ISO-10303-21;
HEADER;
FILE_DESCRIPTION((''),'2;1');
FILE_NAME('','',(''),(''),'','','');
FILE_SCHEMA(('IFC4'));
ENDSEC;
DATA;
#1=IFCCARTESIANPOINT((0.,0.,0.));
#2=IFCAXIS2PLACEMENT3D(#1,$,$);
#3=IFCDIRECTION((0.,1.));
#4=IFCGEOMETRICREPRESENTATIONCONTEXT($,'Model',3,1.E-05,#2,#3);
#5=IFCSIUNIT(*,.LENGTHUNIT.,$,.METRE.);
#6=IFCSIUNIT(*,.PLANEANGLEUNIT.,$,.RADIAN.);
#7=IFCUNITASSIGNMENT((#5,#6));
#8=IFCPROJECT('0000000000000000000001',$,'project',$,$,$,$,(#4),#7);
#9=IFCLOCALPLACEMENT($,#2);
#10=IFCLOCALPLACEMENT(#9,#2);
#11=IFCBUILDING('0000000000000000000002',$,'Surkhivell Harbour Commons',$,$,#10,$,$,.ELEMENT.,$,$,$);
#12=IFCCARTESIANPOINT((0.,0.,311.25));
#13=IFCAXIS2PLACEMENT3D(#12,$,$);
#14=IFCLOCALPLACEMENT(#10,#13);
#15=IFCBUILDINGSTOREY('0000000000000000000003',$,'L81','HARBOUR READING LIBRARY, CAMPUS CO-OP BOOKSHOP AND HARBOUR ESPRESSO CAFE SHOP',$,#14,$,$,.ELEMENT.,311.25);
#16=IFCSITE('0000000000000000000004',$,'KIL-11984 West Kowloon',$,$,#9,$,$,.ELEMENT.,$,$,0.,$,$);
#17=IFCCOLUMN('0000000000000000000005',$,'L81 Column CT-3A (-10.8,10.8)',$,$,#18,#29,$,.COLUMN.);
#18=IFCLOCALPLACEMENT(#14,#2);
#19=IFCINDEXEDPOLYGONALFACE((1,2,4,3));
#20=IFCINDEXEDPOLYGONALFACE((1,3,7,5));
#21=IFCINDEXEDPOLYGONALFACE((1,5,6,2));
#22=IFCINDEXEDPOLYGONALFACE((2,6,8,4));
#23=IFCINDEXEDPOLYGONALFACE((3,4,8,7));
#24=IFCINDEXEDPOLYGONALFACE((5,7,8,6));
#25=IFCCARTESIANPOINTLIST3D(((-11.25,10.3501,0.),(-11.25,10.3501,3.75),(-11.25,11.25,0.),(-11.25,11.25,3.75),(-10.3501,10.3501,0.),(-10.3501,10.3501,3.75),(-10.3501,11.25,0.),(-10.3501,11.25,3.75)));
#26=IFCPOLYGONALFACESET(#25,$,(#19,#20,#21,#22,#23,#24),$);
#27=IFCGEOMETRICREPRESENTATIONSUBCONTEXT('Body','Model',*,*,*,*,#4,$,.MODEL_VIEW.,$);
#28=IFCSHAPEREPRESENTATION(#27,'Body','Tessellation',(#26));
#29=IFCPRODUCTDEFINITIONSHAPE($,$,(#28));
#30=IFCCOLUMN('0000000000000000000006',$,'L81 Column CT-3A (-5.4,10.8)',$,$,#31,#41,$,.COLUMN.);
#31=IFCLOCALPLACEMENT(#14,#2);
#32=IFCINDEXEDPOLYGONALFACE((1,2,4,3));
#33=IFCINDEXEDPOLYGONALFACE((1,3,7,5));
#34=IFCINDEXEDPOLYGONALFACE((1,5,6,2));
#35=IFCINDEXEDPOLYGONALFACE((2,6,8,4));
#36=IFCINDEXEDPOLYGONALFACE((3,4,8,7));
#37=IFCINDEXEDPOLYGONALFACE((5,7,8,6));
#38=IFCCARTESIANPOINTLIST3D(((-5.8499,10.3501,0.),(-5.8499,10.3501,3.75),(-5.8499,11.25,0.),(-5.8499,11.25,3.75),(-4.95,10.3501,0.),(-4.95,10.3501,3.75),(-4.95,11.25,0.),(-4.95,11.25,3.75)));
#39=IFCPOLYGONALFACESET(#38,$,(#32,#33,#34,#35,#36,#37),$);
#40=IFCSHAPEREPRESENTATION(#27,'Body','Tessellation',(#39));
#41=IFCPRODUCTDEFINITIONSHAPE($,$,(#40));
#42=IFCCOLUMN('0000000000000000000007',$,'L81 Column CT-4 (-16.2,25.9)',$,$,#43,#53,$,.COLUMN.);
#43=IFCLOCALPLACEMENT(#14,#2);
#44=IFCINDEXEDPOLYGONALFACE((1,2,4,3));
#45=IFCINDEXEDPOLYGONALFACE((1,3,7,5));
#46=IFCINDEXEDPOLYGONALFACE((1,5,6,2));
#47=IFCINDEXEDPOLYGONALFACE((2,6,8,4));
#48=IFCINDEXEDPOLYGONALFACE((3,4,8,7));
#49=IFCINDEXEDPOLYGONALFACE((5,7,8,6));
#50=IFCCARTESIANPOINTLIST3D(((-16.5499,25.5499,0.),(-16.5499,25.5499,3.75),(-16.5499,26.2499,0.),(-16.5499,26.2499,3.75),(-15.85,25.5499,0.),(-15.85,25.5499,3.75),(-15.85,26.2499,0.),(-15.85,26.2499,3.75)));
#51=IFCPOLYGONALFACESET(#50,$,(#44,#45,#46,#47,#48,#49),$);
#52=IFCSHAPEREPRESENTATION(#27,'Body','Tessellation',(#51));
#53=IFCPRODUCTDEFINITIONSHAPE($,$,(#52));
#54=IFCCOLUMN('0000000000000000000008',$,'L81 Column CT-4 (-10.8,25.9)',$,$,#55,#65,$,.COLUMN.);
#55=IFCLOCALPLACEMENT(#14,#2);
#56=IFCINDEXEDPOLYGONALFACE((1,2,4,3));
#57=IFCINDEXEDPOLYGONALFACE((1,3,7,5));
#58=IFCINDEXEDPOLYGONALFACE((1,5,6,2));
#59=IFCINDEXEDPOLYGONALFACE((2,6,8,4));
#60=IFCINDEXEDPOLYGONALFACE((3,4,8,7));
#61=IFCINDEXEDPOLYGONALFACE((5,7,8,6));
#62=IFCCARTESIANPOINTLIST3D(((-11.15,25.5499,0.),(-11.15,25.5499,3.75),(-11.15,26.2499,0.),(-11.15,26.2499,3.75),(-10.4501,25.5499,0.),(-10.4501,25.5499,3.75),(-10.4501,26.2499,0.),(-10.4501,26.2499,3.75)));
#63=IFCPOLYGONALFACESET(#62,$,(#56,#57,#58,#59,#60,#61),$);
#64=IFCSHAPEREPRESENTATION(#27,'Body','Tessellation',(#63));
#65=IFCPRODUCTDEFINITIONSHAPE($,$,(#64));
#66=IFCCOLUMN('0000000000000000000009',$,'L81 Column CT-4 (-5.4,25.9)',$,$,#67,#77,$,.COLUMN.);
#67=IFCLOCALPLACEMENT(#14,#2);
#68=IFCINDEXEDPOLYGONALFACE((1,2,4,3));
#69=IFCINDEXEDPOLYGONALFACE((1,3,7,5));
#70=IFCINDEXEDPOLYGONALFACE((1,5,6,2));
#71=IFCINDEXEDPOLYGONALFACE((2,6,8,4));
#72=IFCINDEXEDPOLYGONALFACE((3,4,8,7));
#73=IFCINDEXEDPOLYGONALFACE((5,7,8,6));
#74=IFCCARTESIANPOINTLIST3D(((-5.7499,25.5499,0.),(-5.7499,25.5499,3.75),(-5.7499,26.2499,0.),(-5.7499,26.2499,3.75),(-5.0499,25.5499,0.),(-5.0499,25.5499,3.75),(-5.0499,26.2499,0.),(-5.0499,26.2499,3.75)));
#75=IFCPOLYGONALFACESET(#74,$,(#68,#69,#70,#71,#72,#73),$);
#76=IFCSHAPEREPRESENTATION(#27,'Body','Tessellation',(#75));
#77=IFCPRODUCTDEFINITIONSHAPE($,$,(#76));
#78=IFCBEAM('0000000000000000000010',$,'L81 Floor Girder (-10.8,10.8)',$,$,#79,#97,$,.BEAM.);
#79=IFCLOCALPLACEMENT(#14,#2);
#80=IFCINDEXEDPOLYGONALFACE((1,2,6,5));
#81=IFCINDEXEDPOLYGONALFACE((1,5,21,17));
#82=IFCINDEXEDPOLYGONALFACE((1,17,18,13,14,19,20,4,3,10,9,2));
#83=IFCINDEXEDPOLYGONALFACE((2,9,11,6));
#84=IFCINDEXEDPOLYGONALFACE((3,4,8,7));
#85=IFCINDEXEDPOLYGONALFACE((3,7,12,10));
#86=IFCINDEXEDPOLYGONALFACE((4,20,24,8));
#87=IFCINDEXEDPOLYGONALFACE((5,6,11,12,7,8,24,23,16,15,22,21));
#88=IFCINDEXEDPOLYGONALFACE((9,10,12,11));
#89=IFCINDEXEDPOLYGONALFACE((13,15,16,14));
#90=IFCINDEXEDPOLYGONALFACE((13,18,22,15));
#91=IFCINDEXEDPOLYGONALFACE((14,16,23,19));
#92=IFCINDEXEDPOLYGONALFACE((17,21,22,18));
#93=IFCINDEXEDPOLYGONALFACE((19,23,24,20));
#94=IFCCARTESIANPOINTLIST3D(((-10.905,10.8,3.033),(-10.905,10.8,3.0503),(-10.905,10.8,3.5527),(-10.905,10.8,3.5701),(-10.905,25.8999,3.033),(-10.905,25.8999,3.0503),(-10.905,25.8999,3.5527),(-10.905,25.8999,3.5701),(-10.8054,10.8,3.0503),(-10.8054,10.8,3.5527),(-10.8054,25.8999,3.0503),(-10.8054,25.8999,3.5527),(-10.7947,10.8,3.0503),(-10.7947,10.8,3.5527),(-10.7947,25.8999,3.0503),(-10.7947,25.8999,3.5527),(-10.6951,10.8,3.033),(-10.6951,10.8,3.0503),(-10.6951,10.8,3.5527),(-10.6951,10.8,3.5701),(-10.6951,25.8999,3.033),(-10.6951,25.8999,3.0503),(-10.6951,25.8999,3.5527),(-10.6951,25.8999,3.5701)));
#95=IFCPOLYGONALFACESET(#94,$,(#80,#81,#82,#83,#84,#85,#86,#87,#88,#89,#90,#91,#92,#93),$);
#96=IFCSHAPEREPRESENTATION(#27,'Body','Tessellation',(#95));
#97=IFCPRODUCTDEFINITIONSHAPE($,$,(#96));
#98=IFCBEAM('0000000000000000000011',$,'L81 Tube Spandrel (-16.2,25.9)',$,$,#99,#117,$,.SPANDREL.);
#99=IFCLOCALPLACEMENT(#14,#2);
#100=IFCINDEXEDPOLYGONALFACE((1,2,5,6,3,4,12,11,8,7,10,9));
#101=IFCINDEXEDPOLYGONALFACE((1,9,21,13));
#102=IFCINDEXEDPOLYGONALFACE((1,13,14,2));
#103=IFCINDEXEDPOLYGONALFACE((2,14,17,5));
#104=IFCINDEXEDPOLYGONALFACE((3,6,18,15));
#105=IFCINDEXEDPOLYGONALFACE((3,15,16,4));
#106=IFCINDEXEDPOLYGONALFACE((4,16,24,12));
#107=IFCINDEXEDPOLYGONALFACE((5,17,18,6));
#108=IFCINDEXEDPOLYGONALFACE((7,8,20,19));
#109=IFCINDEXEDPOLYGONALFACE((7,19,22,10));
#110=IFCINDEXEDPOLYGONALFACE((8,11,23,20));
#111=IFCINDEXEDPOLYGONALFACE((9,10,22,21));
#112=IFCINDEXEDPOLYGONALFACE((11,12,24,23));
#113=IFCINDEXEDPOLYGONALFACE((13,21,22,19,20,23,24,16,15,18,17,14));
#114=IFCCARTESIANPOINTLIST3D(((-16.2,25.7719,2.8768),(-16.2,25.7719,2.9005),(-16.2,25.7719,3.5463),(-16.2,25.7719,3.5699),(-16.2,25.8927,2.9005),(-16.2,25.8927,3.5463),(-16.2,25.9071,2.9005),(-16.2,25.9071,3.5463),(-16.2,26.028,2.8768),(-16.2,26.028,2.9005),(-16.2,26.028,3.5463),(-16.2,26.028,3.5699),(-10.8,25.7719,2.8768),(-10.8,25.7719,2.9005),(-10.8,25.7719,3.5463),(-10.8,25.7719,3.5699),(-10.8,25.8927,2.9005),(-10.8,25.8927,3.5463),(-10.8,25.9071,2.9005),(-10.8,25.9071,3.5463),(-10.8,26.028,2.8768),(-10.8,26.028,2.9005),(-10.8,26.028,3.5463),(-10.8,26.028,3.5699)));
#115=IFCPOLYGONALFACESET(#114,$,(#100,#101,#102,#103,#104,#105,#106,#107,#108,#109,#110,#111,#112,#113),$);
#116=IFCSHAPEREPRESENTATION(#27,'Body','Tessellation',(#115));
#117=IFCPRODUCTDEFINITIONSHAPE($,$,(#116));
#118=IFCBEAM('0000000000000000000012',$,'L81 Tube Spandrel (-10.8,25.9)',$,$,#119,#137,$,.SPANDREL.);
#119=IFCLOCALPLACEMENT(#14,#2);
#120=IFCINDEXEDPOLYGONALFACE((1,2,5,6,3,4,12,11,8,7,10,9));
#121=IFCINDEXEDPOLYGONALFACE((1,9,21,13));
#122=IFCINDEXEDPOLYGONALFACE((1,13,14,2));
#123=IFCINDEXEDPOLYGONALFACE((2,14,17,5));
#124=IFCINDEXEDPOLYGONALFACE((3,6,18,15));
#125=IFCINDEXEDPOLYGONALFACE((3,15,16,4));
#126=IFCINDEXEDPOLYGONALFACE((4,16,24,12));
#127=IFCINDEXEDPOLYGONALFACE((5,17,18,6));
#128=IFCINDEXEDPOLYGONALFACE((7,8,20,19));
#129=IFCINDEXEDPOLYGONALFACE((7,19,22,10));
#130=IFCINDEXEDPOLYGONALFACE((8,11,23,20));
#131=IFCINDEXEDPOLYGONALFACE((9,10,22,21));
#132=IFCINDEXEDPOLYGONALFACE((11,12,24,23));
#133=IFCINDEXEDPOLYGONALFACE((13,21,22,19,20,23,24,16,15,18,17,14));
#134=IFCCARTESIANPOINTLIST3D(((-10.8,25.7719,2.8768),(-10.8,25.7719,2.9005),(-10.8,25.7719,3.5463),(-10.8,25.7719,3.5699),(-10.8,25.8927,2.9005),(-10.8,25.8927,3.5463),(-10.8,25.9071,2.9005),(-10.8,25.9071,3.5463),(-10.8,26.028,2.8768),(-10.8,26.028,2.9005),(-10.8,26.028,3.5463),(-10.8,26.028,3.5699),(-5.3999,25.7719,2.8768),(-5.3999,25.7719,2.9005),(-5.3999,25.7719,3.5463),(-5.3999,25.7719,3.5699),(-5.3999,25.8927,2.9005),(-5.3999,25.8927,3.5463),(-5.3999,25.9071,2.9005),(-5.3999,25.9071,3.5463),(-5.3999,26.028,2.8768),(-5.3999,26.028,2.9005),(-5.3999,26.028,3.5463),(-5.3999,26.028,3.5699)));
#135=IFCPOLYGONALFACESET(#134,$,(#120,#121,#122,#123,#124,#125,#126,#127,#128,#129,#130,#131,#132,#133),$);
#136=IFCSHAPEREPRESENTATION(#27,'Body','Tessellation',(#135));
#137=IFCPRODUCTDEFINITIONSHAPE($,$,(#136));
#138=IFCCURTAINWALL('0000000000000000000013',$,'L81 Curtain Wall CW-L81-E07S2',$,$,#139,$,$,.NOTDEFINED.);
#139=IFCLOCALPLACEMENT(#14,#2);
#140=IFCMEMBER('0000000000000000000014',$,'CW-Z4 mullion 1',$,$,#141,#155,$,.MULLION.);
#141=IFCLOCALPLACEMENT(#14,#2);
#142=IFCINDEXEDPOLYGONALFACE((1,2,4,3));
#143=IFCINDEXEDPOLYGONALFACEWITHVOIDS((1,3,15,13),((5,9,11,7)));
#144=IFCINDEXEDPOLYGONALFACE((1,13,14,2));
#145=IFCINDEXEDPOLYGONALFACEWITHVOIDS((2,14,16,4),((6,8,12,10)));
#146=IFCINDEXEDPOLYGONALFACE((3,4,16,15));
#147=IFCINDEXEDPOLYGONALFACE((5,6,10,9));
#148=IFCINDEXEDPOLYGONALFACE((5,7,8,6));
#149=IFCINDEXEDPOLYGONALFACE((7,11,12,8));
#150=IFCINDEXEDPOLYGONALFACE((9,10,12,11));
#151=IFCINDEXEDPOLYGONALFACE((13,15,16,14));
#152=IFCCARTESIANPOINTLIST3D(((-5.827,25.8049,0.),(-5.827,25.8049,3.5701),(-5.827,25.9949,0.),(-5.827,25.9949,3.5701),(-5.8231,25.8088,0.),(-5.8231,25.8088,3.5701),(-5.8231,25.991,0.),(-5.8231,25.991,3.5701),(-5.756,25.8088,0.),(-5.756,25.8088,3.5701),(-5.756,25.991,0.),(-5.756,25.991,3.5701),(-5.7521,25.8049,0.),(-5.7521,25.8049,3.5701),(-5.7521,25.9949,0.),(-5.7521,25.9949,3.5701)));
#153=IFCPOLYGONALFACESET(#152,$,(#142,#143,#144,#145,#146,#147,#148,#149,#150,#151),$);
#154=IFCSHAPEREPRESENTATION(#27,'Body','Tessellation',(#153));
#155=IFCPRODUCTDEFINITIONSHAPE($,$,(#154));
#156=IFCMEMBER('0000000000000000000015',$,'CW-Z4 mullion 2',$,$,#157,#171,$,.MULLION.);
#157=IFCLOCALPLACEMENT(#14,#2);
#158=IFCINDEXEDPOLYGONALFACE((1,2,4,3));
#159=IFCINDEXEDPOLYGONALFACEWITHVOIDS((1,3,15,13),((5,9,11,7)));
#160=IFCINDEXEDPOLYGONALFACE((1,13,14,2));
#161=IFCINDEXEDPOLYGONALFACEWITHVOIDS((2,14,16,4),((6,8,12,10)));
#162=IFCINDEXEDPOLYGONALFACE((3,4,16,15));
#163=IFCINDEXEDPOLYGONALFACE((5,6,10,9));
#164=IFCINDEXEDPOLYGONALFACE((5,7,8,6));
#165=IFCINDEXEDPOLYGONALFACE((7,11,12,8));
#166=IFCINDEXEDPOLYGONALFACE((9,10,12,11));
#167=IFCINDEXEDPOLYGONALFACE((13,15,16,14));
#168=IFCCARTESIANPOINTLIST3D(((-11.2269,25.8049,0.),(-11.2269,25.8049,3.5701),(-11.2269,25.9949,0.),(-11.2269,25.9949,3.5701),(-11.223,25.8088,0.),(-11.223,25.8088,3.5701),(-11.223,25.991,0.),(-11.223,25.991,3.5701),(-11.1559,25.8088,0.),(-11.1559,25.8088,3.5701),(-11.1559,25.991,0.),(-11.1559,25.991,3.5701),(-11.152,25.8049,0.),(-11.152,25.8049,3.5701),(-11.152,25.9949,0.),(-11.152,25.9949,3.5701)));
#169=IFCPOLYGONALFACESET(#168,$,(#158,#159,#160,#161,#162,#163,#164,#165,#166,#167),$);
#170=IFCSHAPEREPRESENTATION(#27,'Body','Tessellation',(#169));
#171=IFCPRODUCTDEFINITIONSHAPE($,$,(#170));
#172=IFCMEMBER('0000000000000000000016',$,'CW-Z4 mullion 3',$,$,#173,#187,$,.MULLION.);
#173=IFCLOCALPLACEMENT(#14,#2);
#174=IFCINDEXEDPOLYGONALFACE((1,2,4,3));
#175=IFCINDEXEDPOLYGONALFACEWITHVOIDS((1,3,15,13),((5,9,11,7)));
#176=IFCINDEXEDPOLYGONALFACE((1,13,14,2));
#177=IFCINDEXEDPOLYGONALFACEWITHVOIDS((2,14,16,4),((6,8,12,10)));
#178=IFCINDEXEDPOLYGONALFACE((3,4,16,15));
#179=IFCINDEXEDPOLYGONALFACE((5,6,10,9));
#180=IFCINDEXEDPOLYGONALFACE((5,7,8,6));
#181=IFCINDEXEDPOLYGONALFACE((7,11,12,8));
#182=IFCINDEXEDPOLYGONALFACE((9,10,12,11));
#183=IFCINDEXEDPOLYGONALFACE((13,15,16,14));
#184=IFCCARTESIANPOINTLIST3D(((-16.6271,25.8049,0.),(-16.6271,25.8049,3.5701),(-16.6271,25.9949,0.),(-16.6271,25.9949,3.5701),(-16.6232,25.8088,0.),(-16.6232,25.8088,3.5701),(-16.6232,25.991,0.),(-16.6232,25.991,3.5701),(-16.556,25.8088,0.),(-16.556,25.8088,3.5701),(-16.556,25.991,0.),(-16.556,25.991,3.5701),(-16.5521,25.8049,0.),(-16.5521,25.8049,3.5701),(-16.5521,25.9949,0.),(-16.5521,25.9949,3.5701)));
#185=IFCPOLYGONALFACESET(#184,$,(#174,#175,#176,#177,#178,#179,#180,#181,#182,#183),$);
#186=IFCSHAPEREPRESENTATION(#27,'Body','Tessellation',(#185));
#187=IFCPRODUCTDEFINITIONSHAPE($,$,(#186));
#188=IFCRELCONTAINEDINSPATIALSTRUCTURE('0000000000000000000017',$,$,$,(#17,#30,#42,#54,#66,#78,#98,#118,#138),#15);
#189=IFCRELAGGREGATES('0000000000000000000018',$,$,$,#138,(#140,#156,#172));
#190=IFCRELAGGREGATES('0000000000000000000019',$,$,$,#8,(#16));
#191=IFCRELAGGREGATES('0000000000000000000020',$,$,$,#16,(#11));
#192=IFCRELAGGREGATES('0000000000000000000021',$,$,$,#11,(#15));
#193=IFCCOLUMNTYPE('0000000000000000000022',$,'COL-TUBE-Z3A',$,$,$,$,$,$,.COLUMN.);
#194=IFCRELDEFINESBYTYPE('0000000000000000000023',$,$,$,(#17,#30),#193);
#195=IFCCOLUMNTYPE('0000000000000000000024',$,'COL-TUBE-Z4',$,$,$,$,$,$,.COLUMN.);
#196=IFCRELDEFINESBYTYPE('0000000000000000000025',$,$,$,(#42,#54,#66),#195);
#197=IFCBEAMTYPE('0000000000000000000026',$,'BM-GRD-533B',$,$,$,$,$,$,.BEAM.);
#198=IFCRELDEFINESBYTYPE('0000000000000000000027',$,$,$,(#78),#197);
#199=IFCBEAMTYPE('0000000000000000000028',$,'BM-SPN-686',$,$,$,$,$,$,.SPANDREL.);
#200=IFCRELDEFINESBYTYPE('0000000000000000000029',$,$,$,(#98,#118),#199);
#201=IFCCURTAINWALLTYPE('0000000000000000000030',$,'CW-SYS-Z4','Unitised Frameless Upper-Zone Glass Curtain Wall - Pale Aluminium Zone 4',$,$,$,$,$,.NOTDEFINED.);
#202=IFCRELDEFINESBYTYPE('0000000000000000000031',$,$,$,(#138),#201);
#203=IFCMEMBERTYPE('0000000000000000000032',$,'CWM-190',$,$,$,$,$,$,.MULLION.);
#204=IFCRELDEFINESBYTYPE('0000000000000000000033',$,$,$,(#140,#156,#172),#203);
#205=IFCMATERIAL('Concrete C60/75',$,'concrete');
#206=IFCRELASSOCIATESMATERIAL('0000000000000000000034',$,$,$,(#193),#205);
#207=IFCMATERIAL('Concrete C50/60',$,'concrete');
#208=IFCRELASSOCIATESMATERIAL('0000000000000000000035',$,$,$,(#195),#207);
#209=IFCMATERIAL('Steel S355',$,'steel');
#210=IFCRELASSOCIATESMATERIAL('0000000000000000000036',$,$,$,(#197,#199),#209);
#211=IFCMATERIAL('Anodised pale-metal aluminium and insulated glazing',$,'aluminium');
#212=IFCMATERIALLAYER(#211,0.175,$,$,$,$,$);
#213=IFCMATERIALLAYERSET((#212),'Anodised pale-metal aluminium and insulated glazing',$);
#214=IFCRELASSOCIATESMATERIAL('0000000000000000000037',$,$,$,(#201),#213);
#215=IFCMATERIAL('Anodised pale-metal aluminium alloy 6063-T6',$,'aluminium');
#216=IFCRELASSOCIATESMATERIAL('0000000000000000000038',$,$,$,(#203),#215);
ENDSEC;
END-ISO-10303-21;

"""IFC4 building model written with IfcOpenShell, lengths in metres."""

from ifc_helpers import new_model, si_unit, direction, frame, origin, origin_2d, place, context, subcontext, project, spatial, rectangle, hollow_rectangle, i_section, extrude, material, layer, layer_set, material_profile, profile_set, type_object, element, aggregate, save


model = new_model("IFC4")

# Units and contexts
model_context = context("Model", 3, precision=1e-05, world=origin(), true_north=direction((0.0, 1.0)))
body_context = subcontext(model_context, "Body", "Model", "MODEL_VIEW")
ifc_project = project(units=[si_unit("LENGTHUNIT", "METRE"), si_unit("PLANEANGLEUNIT", "RADIAN")], contexts=[model_context])

# Site, building, storey
site_placement = place(None, origin())
site = spatial("IfcSite", under=ifc_project, at=site_placement, Name="KIL-11984 West Kowloon", CompositionType="ELEMENT", RefElevation=0.0)
building_placement = place(site_placement, origin())
building = spatial("IfcBuilding", under=site, at=building_placement, Name="Surkhivell Harbour Commons", CompositionType="ELEMENT")
storey_placement = place(building_placement, frame((0.0, 0.0, 311.25)))
storey = spatial("IfcBuildingStorey", under=building, at=storey_placement, Name="L81", Description="HARBOUR READING LIBRARY, CAMPUS CO-OP BOOKSHOP AND HARBOUR ESPRESSO CAFE SHOP", CompositionType="ELEMENT", Elevation=311.25)

# Columns
ifc_material_1 = material(Name="Concrete C60/75", Category="concrete")
ifc_material_profile_1 = material_profile(ifc_material_1, rectangle(XDim=0.8999, YDim=0.8999, at=origin_2d()), Name="RC-COL-900x900")
ifc_profile_set_1 = profile_set([ifc_material_profile_1], Name="Concrete C60/75")
column_type_1 = type_object("IfcColumnType", Name="COL-TUBE-Z3A", PredefinedType="COLUMN", material=ifc_profile_set_1)
for number, where, z_axis, x_axis, name in (
    (1, (-10.8, 10.8, 0.0), (0.0, 0.0, 1.0), (1.0, 0.0, 0.0), "L81 Column CT-3A (-10.8,10.8)"),
    (2, (-5.3999, 10.8, 0.0), (0.0, 0.0, 1.0), (1.0, 0.0, 0.0), "L81 Column CT-3A (-5.4,10.8)"),
):
    element("IfcColumn", number, at=place(storey_placement, frame(where, z_axis=z_axis, x_axis=x_axis)), inside=storey, type_object=column_type_1, Name=name, PredefinedType="COLUMN", context=body_context, shape_type="SweptSolid", body=[
        extrude(rectangle(XDim=0.8999, YDim=0.8999, at=origin_2d()), origin(), (0.0, 0.0, 1.0), 3.75),
    ])
ifc_material_2 = material(Name="Concrete C50/60", Category="concrete")
ifc_material_profile_2 = material_profile(ifc_material_2, rectangle(XDim=0.7, YDim=0.7, at=origin_2d()), Name="RC-COL-700x700")
ifc_profile_set_2 = profile_set([ifc_material_profile_2], Name="Concrete C50/60")
column_type_2 = type_object("IfcColumnType", Name="COL-TUBE-Z4", PredefinedType="COLUMN", material=ifc_profile_set_2)
for number, where, z_axis, x_axis, name in (
    (3, (-16.2, 25.8999, 0.0), (0.0, 0.0, 1.0), (1.0, 0.0, 0.0), "L81 Column CT-4 (-16.2,25.9)"),
    (4, (-10.8, 25.8999, 0.0), (0.0, 0.0, 1.0), (1.0, 0.0, 0.0), "L81 Column CT-4 (-10.8,25.9)"),
    (5, (-5.3999, 25.8999, 0.0), (0.0, 0.0, 1.0), (1.0, 0.0, 0.0), "L81 Column CT-4 (-5.4,25.9)"),
):
    element("IfcColumn", number, at=place(storey_placement, frame(where, z_axis=z_axis, x_axis=x_axis)), inside=storey, type_object=column_type_2, Name=name, PredefinedType="COLUMN", context=body_context, shape_type="SweptSolid", body=[
        extrude(rectangle(XDim=0.7, YDim=0.7, at=origin_2d()), origin(), (0.0, 0.0, 1.0), 3.75),
    ])

# Beams
ifc_material_3 = material(Name="Steel S355", Category="steel")
ifc_material_profile_3 = material_profile(ifc_material_3, i_section(OverallWidth=0.21, OverallDepth=0.5371, WebThickness=0.0107, FlangeThickness=0.0173, at=origin_2d()), Name="UB533x210x101")
ifc_profile_set_3 = profile_set([ifc_material_profile_3], Name="Steel S355")
beam_type_1 = type_object("IfcBeamType", Name="BM-GRD-533B", PredefinedType="BEAM", material=ifc_profile_set_3)
beam_1_placement = place(storey_placement, frame((-10.8, 10.8, 3.3015), z_axis=(0.0, 1.0, 0.0), x_axis=(-1.0, 0.0, 0.0)))
element("IfcBeam", 6, at=beam_1_placement, inside=storey, type_object=beam_type_1, Name="L81 Floor Girder (-10.8,10.8)", PredefinedType="BEAM", context=body_context, shape_type="SweptSolid", body=[
    extrude(i_section(OverallWidth=0.21, OverallDepth=0.5371, WebThickness=0.0107, FlangeThickness=0.0173, at=origin_2d()), origin(), (0.0, 0.0, 1.0), 15.0999),
])
ifc_material_profile_4 = material_profile(ifc_material_3, i_section(OverallWidth=0.2561, OverallDepth=0.6931, WebThickness=0.0144, FlangeThickness=0.0237, at=origin_2d()), Name="UB686x254x170")
ifc_profile_set_4 = profile_set([ifc_material_profile_4], Name="Steel S355")
beam_type_2 = type_object("IfcBeamType", Name="BM-SPN-686", PredefinedType="SPANDREL", material=ifc_profile_set_4)
beam_2_placement = place(storey_placement, frame((-16.2, 25.8999, 3.2234), z_axis=(1.0, 0.0, 0.0), x_axis=(0.0, 1.0, 0.0)))
element("IfcBeam", 7, at=beam_2_placement, inside=storey, type_object=beam_type_2, Name="L81 Tube Spandrel (-16.2,25.9)", PredefinedType="SPANDREL", context=body_context, shape_type="SweptSolid", body=[
    extrude(i_section(OverallWidth=0.2561, OverallDepth=0.6931, WebThickness=0.0144, FlangeThickness=0.0237, at=origin_2d()), origin(), (0.0, 0.0, 1.0), 5.3999),
])
beam_3_placement = place(storey_placement, frame((-10.8, 25.8999, 3.2234), z_axis=(1.0, 0.0, 0.0), x_axis=(0.0, 1.0, 0.0)))
element("IfcBeam", 8, at=beam_3_placement, inside=storey, type_object=beam_type_2, Name="L81 Tube Spandrel (-10.8,25.9)", PredefinedType="SPANDREL", context=body_context, shape_type="SweptSolid", body=[
    extrude(i_section(OverallWidth=0.2561, OverallDepth=0.6931, WebThickness=0.0144, FlangeThickness=0.0237, at=origin_2d()), origin(), (0.0, 0.0, 1.0), 5.4001),
])

# Curtain wall, members
ifc_material_4 = material(Name="Anodised pale-metal aluminium and insulated glazing", Category="aluminium")
ifc_layer_1 = layer(ifc_material_4, 0.175)
ifc_layer_set_1 = layer_set([ifc_layer_1], Name="Anodised pale-metal aluminium and insulated glazing")
curtain_wall_type = type_object("IfcCurtainWallType", Name="CW-SYS-Z4", Description="Unitised Frameless Upper-Zone Glass Curtain Wall - Pale Aluminium Zone 4", PredefinedType="NOTDEFINED", material=ifc_layer_set_1)
curtain_wall_placement = place(storey_placement, origin())
curtain_wall = element("IfcCurtainWall", 9, at=curtain_wall_placement, inside=storey, type_object=curtain_wall_type, Name="L81 Curtain Wall CW-L81-E07S2", PredefinedType="NOTDEFINED")
ifc_material_5 = material(Name="Anodised pale-metal aluminium alloy 6063-T6", Category="aluminium")
ifc_material_profile_5 = material_profile(ifc_material_5, hollow_rectangle(XDim=0.075, YDim=0.1899, WallThickness=0.0039, at=origin_2d()), Name="ALU-MULL-75x190")
ifc_profile_set_5 = profile_set([ifc_material_profile_5], Name="Anodised pale-metal aluminium alloy 6063-T6")
member_type_1 = type_object("IfcMemberType", Name="CWM-190", PredefinedType="MULLION", material=ifc_profile_set_5)
member_1_placement = place(storey_placement, frame((-5.7896, 25.8999, 0.0), z_axis=(0.0, 0.0, 1.0), x_axis=(-1.0, 0.0, 0.0)))
member_1 = element("IfcMember", 10, at=member_1_placement, type_object=member_type_1, Name="CW-Z4 mullion 1", PredefinedType="MULLION", context=body_context, shape_type="SweptSolid", body=[
    extrude(hollow_rectangle(XDim=0.075, YDim=0.1899, WallThickness=0.0039, at=origin_2d()), origin(), (0.0, 0.0, 1.0), 3.5701),
])
member_2_placement = place(storey_placement, frame((-11.1895, 25.8999, 0.0), z_axis=(0.0, 0.0, 1.0), x_axis=(-1.0, 0.0, 0.0)))
member_2 = element("IfcMember", 11, at=member_2_placement, type_object=member_type_1, Name="CW-Z4 mullion 2", PredefinedType="MULLION", context=body_context, shape_type="SweptSolid", body=[
    extrude(hollow_rectangle(XDim=0.075, YDim=0.1899, WallThickness=0.0039, at=origin_2d()), origin(), (0.0, 0.0, 1.0), 3.5701),
])
member_3_placement = place(storey_placement, frame((-16.5896, 25.8999, 0.0), z_axis=(0.0, 0.0, 1.0), x_axis=(-1.0, 0.0, 0.0)))
member_3 = element("IfcMember", 12, at=member_3_placement, type_object=member_type_1, Name="CW-Z4 mullion 3", PredefinedType="MULLION", context=body_context, shape_type="SweptSolid", body=[
    extrude(hollow_rectangle(XDim=0.075, YDim=0.1899, WallThickness=0.0039, at=origin_2d()), origin(), (0.0, 0.0, 1.0), 3.5701),
])
aggregate(curtain_wall, [member_1, member_2, member_3])

save(model, "model.ifc")
